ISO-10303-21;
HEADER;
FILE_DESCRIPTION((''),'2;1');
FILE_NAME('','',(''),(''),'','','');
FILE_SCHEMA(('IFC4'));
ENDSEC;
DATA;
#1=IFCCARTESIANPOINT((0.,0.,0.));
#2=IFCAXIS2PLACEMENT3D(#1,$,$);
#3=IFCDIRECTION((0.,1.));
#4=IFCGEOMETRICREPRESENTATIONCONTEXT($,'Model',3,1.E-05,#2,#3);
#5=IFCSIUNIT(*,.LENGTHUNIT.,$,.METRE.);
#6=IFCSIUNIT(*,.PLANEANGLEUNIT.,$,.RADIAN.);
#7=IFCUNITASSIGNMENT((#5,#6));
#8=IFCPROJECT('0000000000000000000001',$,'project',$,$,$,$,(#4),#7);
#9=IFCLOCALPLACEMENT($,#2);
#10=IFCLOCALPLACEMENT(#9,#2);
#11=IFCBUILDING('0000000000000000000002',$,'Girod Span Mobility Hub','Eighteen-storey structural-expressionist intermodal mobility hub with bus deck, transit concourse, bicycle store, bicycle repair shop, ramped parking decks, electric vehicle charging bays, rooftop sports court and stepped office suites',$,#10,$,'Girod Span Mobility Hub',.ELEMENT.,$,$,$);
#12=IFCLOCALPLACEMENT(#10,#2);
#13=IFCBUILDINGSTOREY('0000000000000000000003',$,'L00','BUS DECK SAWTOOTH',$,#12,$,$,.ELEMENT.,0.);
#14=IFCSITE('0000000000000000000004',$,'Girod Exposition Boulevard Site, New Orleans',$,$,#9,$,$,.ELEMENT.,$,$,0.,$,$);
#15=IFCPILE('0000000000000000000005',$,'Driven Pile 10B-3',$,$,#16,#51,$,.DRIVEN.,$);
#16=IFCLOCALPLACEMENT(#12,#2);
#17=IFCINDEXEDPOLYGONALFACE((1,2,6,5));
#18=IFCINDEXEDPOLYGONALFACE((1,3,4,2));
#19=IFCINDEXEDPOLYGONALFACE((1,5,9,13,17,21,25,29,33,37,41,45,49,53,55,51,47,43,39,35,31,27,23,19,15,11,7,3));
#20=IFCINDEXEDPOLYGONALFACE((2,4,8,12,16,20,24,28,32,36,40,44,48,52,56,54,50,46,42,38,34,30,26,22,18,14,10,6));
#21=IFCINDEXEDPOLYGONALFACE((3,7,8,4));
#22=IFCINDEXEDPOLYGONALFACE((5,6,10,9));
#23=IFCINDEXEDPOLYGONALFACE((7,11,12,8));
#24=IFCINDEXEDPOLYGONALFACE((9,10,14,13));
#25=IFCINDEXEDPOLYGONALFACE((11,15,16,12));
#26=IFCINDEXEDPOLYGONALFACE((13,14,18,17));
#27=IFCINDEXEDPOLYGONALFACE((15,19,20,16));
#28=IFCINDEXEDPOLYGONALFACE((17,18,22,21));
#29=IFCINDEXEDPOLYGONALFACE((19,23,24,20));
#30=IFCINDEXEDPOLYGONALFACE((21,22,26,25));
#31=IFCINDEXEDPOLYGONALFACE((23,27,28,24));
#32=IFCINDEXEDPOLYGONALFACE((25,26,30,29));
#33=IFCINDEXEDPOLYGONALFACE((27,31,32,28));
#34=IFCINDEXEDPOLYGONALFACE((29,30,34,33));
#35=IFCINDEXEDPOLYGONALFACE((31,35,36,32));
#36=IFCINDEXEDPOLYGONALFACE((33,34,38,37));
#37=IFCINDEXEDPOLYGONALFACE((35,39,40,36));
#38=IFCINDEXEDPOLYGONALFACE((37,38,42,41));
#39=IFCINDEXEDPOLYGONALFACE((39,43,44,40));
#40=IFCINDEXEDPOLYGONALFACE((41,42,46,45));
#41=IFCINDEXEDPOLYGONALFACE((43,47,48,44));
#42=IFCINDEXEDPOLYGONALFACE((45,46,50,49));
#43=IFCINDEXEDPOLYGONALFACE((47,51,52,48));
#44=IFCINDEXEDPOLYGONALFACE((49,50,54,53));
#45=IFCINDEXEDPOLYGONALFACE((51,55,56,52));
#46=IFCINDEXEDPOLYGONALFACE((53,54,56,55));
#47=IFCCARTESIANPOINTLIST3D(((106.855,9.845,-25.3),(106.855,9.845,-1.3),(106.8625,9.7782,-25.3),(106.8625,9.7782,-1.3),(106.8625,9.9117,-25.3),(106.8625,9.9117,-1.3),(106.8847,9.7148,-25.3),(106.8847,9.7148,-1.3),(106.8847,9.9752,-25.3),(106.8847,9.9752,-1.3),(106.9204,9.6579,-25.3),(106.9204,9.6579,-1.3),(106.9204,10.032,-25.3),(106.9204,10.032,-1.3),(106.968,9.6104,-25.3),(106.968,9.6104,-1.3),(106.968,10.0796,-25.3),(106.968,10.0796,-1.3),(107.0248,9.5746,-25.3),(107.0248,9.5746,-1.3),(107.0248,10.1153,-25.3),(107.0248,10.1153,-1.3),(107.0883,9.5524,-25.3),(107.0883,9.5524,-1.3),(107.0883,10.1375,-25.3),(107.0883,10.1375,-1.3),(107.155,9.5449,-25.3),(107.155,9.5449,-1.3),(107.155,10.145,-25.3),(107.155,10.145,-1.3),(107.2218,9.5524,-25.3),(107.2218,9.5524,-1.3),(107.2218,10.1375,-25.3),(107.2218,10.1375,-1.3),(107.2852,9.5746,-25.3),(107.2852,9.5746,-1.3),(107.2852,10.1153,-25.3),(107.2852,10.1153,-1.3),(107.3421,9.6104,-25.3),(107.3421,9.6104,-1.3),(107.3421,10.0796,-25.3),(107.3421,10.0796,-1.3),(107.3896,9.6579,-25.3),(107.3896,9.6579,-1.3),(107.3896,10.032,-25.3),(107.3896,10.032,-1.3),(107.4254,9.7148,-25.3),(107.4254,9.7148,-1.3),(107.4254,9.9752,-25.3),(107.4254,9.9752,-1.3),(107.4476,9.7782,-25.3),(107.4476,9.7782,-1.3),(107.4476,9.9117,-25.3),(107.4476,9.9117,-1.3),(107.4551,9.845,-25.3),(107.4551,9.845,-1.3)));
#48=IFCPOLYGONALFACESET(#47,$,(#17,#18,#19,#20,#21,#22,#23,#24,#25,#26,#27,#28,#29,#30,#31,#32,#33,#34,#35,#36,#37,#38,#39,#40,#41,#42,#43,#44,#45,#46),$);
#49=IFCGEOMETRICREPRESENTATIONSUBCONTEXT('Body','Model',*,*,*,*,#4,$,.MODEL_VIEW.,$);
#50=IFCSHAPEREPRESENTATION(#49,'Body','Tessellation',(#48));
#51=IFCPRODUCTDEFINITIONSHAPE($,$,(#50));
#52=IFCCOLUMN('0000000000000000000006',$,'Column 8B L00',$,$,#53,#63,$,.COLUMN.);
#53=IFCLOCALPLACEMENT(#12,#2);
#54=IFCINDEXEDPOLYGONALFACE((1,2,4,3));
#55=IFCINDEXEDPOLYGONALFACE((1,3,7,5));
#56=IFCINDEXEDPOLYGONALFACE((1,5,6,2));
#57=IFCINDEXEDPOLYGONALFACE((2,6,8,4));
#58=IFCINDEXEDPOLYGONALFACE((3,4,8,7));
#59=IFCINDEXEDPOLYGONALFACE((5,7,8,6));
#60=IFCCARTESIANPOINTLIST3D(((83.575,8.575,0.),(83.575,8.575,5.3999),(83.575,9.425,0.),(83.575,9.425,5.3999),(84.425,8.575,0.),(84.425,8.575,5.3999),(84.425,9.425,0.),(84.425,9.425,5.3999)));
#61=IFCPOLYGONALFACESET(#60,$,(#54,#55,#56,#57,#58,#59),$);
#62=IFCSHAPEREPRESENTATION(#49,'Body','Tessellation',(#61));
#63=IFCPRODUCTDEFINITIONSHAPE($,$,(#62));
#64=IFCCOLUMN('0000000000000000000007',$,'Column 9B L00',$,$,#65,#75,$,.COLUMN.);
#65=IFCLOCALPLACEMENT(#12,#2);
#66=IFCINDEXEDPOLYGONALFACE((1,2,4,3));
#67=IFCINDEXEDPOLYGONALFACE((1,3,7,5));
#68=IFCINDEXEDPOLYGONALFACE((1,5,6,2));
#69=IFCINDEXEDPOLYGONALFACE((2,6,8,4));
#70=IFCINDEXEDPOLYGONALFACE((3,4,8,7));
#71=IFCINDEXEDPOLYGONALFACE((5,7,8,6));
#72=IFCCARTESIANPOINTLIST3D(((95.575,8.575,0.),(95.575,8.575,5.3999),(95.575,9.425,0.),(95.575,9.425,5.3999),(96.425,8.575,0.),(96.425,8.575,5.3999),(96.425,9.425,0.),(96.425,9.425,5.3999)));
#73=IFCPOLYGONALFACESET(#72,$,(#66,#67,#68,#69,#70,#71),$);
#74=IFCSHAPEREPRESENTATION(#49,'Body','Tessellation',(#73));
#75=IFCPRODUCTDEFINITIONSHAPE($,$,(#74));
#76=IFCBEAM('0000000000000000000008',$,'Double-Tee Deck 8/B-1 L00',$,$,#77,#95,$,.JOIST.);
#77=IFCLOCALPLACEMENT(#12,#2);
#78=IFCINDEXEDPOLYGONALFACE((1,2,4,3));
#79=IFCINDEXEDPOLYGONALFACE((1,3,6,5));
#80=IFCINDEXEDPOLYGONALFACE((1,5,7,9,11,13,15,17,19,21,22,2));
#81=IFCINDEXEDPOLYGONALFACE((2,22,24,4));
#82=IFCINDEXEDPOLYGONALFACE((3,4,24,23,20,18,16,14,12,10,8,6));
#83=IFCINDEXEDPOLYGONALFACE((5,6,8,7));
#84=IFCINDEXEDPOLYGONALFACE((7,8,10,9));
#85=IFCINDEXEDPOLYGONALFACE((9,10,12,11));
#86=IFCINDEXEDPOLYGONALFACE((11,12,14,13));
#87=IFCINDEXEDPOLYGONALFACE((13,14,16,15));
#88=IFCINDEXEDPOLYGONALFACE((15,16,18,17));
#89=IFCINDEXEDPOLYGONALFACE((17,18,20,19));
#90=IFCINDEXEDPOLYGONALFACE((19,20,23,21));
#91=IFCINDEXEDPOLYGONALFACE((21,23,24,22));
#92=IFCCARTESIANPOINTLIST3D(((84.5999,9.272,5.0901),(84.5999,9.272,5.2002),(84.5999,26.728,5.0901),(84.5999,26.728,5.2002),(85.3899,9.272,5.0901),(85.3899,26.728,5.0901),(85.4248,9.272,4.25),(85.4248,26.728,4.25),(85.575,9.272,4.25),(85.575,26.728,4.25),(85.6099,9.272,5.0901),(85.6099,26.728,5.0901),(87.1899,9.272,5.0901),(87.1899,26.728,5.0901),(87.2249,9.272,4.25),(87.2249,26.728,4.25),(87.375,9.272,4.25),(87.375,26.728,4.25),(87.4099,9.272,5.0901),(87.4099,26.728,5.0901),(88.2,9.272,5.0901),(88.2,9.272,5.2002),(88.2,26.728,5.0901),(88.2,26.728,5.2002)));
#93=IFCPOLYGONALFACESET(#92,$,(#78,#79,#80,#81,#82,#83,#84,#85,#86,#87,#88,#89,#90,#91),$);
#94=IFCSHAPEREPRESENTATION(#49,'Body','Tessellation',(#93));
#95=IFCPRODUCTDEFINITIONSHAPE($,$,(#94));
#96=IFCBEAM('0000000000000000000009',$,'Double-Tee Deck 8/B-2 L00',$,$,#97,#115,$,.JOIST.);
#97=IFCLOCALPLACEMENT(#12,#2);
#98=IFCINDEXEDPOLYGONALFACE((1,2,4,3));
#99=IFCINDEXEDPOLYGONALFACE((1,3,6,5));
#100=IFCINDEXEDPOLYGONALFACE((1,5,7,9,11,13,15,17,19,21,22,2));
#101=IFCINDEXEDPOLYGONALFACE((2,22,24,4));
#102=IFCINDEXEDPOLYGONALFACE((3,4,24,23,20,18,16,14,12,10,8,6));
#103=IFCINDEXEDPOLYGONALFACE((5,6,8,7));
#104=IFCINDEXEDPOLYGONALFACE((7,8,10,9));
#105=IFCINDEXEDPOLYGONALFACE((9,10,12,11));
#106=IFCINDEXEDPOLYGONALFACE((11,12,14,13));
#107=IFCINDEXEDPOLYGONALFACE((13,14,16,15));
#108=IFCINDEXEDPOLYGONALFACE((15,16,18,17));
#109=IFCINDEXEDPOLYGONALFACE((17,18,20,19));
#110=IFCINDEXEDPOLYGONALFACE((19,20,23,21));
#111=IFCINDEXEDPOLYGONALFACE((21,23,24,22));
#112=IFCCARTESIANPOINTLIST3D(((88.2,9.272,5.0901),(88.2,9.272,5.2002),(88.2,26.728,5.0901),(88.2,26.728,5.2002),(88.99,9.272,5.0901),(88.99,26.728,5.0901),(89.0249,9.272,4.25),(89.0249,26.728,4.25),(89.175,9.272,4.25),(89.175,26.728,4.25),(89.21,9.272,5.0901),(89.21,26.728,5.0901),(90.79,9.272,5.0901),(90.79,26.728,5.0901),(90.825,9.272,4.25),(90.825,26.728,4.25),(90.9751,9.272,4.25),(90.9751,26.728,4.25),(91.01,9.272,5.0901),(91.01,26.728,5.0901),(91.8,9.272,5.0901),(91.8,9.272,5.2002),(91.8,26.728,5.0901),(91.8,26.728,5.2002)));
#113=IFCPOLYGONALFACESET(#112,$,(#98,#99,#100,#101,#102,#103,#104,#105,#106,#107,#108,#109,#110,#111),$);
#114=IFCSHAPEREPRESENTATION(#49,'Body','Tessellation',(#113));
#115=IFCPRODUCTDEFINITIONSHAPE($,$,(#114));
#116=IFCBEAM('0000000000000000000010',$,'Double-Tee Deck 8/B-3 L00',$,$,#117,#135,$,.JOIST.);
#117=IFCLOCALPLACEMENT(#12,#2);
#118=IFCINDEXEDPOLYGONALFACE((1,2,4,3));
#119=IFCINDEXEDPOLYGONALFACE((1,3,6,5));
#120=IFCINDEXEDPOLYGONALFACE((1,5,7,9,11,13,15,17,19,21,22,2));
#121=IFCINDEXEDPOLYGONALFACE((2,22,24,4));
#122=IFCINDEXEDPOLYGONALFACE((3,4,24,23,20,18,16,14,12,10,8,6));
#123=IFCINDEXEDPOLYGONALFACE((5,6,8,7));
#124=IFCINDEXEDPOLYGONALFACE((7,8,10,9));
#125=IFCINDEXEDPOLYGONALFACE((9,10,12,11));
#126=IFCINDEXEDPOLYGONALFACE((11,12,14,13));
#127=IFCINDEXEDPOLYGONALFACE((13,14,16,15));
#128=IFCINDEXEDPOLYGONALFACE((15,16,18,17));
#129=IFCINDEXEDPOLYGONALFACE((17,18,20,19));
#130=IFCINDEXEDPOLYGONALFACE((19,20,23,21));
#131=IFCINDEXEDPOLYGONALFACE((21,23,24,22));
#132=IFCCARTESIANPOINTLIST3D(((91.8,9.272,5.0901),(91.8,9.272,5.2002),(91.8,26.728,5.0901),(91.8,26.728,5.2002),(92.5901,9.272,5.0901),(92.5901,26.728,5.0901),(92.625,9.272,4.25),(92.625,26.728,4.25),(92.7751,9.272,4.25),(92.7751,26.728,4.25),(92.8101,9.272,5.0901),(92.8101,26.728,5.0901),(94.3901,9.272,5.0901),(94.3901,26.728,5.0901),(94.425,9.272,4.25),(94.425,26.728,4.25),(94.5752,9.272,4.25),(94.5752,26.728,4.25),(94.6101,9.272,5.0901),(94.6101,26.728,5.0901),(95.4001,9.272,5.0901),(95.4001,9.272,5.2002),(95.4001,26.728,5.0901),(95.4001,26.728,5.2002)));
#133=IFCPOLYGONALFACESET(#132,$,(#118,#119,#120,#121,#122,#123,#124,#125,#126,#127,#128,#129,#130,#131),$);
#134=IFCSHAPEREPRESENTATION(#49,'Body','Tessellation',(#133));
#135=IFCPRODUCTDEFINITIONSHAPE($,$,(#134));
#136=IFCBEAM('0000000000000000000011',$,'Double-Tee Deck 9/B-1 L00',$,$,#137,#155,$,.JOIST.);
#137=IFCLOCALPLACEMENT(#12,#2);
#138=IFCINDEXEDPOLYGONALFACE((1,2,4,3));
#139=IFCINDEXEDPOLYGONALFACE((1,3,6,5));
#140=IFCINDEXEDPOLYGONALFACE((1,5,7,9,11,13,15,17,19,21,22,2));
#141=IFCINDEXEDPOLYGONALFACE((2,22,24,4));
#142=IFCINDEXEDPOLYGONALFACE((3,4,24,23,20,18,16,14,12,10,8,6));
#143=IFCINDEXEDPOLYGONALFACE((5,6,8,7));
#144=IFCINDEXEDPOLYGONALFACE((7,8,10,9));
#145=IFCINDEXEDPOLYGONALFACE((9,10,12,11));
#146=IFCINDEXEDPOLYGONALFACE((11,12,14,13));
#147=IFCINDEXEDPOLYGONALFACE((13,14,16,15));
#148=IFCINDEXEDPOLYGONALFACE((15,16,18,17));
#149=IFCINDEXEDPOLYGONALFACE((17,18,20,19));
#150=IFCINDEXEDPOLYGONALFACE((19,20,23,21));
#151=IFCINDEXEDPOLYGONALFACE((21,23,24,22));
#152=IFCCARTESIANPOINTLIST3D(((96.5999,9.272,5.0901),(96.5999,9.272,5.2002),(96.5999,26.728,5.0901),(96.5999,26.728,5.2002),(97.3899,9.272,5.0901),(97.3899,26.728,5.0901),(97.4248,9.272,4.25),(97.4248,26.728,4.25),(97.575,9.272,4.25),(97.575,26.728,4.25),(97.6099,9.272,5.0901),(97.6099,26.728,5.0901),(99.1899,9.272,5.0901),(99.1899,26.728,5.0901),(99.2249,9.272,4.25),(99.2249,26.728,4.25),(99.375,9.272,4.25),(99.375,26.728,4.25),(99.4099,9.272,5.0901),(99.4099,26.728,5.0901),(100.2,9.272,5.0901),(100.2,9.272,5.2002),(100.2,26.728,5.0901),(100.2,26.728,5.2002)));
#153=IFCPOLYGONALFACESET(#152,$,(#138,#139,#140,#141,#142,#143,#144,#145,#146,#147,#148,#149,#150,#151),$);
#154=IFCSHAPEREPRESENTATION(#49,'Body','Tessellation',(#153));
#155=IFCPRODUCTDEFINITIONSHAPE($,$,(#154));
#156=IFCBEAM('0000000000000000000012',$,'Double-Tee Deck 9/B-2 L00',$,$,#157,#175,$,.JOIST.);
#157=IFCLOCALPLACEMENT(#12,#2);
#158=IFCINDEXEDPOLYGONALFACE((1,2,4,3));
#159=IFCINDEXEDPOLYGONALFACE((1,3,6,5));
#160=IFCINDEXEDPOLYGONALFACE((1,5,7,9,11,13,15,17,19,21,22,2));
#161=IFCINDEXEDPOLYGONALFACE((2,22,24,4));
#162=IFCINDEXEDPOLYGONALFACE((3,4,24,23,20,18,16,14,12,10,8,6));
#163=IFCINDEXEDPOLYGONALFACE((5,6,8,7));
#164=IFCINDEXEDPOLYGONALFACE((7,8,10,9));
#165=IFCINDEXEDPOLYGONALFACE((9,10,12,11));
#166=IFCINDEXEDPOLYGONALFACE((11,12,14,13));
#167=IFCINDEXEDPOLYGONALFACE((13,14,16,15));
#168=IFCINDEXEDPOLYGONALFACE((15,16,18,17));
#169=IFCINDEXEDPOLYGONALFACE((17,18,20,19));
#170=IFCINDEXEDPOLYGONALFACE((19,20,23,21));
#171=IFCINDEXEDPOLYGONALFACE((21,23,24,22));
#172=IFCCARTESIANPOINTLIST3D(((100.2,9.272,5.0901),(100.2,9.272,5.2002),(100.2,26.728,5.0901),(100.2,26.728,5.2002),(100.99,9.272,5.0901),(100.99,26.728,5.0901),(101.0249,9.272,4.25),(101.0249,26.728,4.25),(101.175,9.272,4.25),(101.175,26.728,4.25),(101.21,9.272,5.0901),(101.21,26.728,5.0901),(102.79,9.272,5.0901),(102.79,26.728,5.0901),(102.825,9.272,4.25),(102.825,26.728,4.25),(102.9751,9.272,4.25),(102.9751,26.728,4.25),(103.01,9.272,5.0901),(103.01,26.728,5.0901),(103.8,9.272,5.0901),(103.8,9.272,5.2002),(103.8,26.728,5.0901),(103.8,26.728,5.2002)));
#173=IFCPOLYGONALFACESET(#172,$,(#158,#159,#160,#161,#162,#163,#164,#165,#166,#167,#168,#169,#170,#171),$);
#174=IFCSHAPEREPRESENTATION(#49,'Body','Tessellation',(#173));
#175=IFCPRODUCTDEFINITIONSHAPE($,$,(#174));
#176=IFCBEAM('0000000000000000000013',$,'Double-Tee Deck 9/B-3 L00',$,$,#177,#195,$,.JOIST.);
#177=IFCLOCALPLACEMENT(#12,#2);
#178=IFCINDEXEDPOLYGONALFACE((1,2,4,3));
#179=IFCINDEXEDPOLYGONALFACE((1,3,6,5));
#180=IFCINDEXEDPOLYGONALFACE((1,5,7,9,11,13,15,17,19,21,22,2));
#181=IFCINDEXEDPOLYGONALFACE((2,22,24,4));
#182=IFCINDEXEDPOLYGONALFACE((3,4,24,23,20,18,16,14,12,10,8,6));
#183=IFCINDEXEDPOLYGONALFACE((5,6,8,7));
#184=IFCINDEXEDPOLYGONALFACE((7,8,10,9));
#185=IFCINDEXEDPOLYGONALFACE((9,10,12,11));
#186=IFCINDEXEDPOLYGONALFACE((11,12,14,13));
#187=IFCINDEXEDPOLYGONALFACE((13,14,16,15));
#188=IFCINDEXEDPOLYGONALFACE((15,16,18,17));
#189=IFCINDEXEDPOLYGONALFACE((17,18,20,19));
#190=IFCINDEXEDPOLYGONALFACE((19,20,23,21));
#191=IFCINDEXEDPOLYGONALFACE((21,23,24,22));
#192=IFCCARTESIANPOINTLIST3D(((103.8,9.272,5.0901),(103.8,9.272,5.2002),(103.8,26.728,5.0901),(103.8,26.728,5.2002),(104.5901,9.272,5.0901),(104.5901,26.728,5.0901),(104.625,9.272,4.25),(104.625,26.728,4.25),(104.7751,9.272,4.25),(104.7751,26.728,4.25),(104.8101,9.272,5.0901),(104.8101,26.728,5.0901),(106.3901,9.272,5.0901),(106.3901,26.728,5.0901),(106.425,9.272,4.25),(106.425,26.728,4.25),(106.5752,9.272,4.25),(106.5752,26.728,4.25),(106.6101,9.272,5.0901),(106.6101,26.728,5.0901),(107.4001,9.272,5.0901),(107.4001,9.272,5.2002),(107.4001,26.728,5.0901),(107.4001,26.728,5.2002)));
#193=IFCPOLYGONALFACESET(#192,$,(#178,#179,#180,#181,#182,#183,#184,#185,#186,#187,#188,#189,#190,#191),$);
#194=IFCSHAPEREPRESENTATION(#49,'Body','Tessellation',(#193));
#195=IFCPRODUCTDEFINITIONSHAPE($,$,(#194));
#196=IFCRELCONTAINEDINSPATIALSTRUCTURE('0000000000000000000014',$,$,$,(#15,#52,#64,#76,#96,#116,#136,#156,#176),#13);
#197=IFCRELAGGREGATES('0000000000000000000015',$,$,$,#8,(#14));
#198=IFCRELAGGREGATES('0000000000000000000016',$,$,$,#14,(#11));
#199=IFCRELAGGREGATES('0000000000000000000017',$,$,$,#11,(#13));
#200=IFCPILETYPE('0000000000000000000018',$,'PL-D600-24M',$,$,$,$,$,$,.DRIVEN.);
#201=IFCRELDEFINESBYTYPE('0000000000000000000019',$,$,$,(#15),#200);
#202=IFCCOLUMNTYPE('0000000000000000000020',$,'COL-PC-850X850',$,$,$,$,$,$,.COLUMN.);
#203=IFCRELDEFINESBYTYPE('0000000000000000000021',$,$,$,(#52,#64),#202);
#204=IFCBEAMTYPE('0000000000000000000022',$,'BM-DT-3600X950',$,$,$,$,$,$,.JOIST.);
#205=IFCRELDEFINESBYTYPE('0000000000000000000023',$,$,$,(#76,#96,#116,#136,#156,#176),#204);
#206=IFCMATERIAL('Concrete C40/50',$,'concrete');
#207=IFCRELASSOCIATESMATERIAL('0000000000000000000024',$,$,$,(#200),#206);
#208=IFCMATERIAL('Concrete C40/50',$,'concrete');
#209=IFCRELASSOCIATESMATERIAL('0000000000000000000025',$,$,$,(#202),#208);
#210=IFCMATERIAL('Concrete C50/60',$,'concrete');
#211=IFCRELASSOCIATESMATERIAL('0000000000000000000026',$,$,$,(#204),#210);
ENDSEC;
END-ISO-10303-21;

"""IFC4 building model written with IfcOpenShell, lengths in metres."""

from ifc_helpers import new_model, si_unit, direction, frame, origin, origin_2d, place, context, subcontext, project, spatial, polyline, rectangle, circle, outline, extrude, material, material_profile, profile_set, type_object, element, save


model = new_model("IFC4")

# Units and contexts
model_context = context("Model", 3, precision=1e-05, world=origin(), true_north=direction((0.0, 1.0)))
body_context = subcontext(model_context, "Body", "Model", "MODEL_VIEW")
ifc_project = project(units=[si_unit("LENGTHUNIT", "METRE"), si_unit("PLANEANGLEUNIT", "RADIAN")], contexts=[model_context])

# Site, building, storey
site_placement = place(None, origin())
site = spatial("IfcSite", under=ifc_project, at=site_placement, Name="Girod Exposition Boulevard Site, New Orleans", CompositionType="ELEMENT", RefElevation=0.0)
building_placement = place(site_placement, origin())
building = spatial("IfcBuilding", under=site, at=building_placement, Name="Girod Span Mobility Hub", Description="Eighteen-storey structural-expressionist intermodal mobility hub with bus deck, transit concourse, bicycle store, bicycle repair shop, ramped parking decks, electric vehicle charging bays, rooftop sports court and stepped office suites", LongName="Girod Span Mobility Hub", CompositionType="ELEMENT")
storey_placement = place(building_placement, origin())
storey = spatial("IfcBuildingStorey", under=building, at=storey_placement, Name="L00", Description="BUS DECK SAWTOOTH", CompositionType="ELEMENT", Elevation=0.0)

# Pile
ifc_material_1 = material(Name="Concrete C40/50", Category="concrete")
ifc_material_profile_1 = material_profile(ifc_material_1, circle(Radius=0.3, at=origin_2d()), Name="PILE-D600")
ifc_profile_set_1 = profile_set([ifc_material_profile_1], Name="Concrete C40/50")
pile_type = type_object("IfcPileType", Name="PL-D600-24M", PredefinedType="DRIVEN", material=ifc_profile_set_1)
for number, where, z_axis, x_axis, name in (
    (1, (107.155, 9.845, -1.3), (0.0, 0.0, -1.0), (1.0, 0.0, 0.0), "Driven Pile 10B-3"),
):
    element("IfcPile", number, at=place(storey_placement, frame(where, z_axis=z_axis, x_axis=x_axis)), inside=storey, type_object=pile_type, Name=name, PredefinedType="DRIVEN", context=body_context, shape_type="SweptSolid", body=[
        extrude(circle(Radius=0.3, at=origin_2d()), origin(), (0.0, 0.0, 1.0), 24.0),
    ])

# Columns
ifc_material_2 = material(Name="Concrete C40/50", Category="concrete")
ifc_material_profile_2 = material_profile(ifc_material_2, rectangle(XDim=0.8501, YDim=0.8501, at=origin_2d()), Name="PC-COL-850X850")
ifc_profile_set_2 = profile_set([ifc_material_profile_2], Name="Concrete C40/50")
column_type = type_object("IfcColumnType", Name="COL-PC-850X850", PredefinedType="COLUMN", material=ifc_profile_set_2)
for number, where, z_axis, x_axis, name in (
    (2, (84.0, 9.0, 0.0), (0.0, 0.0, 1.0), (1.0, 0.0, 0.0), "Column 8B L00"),
    (3, (96.0, 9.0, 0.0), (0.0, 0.0, 1.0), (1.0, 0.0, 0.0), "Column 9B L00"),
):
    element("IfcColumn", number, at=place(storey_placement, frame(where, z_axis=z_axis, x_axis=x_axis)), inside=storey, type_object=column_type, Name=name, PredefinedType="COLUMN", context=body_context, shape_type="SweptSolid", body=[
        extrude(rectangle(XDim=0.8501, YDim=0.8501, at=origin_2d()), origin(), (0.0, 0.0, 1.0), 5.3999),
    ])

# Beams
ifc_material_3 = material(Name="Concrete C50/60", Category="concrete")
ifc_material_profile_3 = material_profile(ifc_material_3, outline(polyline([(-1.8, 0.4751), (-1.8, 0.365), (-1.01, 0.365), (-0.9751, -0.4751), (-0.825, -0.4751), (-0.79, 0.365), (0.79, 0.365), (0.825, -0.4751), (0.9751, -0.4751), (1.01, 0.365), (1.8, 0.365), (1.8, 0.4751), (-1.8, 0.4751)])), Name="DT-3600X950")
ifc_profile_set_3 = profile_set([ifc_material_profile_3], Name="Concrete C50/60")
beam_type_1 = type_object("IfcBeamType", Name="BM-DT-3600X950", PredefinedType="JOIST", material=ifc_profile_set_3)
for number, where, z_axis, x_axis, name in (
    (4, (86.3999, 9.272, 4.7251), (0.0, 1.0, 0.0), (-1.0, 0.0, 0.0), "Double-Tee Deck 8/B-1 L00"),
    (5, (90.0, 9.272, 4.7251), (0.0, 1.0, 0.0), (-1.0, 0.0, 0.0), "Double-Tee Deck 8/B-2 L00"),
    (6, (93.6001, 9.272, 4.7251), (0.0, 1.0, 0.0), (-1.0, 0.0, 0.0), "Double-Tee Deck 8/B-3 L00"),
    (7, (98.3999, 9.272, 4.7251), (0.0, 1.0, 0.0), (-1.0, 0.0, 0.0), "Double-Tee Deck 9/B-1 L00"),
    (8, (102.0, 9.272, 4.7251), (0.0, 1.0, 0.0), (-1.0, 0.0, 0.0), "Double-Tee Deck 9/B-2 L00"),
    (9, (105.6001, 9.272, 4.7251), (0.0, 1.0, 0.0), (-1.0, 0.0, 0.0), "Double-Tee Deck 9/B-3 L00"),
):
    element("IfcBeam", number, at=place(storey_placement, frame(where, z_axis=z_axis, x_axis=x_axis)), inside=storey, type_object=beam_type_1, Name=name, PredefinedType="JOIST", context=body_context, shape_type="SweptSolid", body=[
        extrude(outline(polyline([(-1.8, 0.4751), (-1.8, 0.365), (-1.01, 0.365), (-0.9751, -0.4751), (-0.825, -0.4751), (-0.79, 0.365), (0.79, 0.365), (0.825, -0.4751), (0.9751, -0.4751), (1.01, 0.365), (1.8, 0.365), (1.8, 0.4751), (-1.8, 0.4751)])), origin(), (0.0, 0.0, 1.0), 17.4561),
    ])

save(model, "model.ifc")
